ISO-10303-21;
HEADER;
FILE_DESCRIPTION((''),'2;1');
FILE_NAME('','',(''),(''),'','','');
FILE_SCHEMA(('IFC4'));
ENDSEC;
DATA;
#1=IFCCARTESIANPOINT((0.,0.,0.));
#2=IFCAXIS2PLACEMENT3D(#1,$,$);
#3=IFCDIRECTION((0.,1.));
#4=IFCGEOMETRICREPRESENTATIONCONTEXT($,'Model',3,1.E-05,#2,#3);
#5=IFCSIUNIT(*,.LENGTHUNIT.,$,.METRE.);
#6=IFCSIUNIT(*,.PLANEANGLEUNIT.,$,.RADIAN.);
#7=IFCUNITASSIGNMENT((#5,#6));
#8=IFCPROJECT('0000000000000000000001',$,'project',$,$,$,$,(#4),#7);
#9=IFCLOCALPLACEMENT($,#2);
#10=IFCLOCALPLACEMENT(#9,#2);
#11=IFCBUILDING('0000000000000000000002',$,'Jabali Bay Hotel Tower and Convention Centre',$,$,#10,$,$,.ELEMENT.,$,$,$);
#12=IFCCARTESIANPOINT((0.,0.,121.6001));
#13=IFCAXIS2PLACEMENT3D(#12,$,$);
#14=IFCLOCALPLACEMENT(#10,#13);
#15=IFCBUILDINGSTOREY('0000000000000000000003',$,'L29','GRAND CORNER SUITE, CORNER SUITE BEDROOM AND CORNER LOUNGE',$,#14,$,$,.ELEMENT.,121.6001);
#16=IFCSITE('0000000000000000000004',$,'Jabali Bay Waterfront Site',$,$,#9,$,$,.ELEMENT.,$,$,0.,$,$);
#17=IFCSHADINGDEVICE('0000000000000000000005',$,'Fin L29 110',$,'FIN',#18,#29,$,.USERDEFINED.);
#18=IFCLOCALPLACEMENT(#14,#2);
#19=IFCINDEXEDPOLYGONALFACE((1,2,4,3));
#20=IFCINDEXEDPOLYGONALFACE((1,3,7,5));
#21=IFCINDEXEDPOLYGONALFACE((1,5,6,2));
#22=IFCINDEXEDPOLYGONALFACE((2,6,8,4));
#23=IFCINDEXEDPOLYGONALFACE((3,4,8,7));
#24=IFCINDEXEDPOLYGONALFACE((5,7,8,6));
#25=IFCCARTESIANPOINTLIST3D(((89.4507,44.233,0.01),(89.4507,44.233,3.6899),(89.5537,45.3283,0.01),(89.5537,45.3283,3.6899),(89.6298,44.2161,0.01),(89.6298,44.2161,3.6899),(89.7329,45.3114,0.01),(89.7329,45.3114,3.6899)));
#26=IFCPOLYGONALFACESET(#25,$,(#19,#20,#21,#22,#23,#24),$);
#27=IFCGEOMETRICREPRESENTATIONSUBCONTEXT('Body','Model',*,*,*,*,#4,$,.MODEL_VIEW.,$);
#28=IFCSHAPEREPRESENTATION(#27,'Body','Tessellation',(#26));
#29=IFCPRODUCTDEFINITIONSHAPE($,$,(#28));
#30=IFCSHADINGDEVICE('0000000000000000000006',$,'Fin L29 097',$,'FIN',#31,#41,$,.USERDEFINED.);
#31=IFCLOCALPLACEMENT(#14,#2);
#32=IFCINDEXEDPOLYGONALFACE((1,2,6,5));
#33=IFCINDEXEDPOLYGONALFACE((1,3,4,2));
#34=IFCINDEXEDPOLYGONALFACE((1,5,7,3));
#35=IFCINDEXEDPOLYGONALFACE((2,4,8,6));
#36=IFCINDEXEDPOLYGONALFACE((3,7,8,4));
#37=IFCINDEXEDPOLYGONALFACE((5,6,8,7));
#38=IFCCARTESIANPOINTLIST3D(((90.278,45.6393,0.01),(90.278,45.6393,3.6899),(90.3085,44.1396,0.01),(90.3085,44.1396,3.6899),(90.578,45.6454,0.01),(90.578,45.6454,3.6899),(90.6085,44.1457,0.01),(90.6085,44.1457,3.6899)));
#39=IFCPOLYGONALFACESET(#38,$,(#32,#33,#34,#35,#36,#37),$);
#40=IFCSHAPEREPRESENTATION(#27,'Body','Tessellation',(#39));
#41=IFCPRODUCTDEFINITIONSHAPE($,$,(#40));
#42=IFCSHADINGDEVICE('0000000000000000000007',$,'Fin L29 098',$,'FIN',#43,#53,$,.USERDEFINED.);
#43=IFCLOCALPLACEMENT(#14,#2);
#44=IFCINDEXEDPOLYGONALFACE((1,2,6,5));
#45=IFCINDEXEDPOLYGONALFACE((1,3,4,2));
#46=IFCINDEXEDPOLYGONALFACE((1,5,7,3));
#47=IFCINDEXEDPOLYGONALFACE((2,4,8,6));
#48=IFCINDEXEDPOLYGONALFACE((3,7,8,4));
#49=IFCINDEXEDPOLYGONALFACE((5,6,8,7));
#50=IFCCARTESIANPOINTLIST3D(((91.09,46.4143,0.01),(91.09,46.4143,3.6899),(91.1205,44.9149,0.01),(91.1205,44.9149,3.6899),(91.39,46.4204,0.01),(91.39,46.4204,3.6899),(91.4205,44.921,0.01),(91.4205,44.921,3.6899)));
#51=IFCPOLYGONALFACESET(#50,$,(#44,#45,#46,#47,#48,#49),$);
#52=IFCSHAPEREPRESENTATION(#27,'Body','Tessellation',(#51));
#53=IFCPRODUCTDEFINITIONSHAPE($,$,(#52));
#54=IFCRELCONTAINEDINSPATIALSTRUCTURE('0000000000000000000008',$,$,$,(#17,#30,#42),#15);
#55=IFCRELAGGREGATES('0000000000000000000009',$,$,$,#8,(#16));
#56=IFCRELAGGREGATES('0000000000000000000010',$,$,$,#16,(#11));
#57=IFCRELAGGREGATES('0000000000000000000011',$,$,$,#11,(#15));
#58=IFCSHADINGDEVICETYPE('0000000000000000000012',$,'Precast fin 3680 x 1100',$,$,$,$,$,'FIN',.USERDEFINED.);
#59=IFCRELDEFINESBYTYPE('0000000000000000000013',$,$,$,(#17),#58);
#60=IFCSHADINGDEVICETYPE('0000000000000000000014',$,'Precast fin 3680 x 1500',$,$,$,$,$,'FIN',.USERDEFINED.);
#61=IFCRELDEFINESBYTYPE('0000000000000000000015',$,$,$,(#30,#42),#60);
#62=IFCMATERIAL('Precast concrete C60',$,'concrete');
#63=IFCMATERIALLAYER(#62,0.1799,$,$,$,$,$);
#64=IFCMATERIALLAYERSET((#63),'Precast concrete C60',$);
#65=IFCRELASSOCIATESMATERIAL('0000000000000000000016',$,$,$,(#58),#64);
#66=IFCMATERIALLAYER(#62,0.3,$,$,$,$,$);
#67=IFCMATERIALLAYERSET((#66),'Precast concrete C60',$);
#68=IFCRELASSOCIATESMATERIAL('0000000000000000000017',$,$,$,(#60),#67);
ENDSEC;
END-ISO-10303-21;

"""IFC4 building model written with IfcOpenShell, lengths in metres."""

from ifc_helpers import new_model, si_unit, direction, frame, frame_2d, origin, place, context, subcontext, project, spatial, rectangle, extrude, material, layer, layer_set, type_object, element, save


model = new_model("IFC4")

# Units and contexts
model_context = context("Model", 3, precision=1e-05, world=origin(), true_north=direction((0.0, 1.0)))
body_context = subcontext(model_context, "Body", "Model", "MODEL_VIEW")
ifc_project = project(units=[si_unit("LENGTHUNIT", "METRE"), si_unit("PLANEANGLEUNIT", "RADIAN")], contexts=[model_context])

# Site, building, storey
site_placement = place(None, origin())
site = spatial("IfcSite", under=ifc_project, at=site_placement, Name="Jabali Bay Waterfront Site", CompositionType="ELEMENT", RefElevation=0.0)
building_placement = place(site_placement, origin())
building = spatial("IfcBuilding", under=site, at=building_placement, Name="Jabali Bay Hotel Tower and Convention Centre", CompositionType="ELEMENT")
storey_placement = place(building_placement, frame((0.0, 0.0, 121.6001)))
storey = spatial("IfcBuildingStorey", under=building, at=storey_placement, Name="L29", Description="GRAND CORNER SUITE, CORNER SUITE BEDROOM AND CORNER LOUNGE", CompositionType="ELEMENT", Elevation=121.6001)

# Shading devices
ifc_material_1 = material(Name="Precast concrete C60", Category="concrete")
ifc_layer_1 = layer(ifc_material_1, 0.1799)
ifc_layer_set_1 = layer_set([ifc_layer_1], Name="Precast concrete C60")
shading_device_type_1 = type_object("IfcShadingDeviceType", Name="Precast fin 3680 x 1100", ElementType="FIN", PredefinedType="USERDEFINED", material=ifc_layer_set_1)
for number, where, z_axis, x_axis, name in (
    (1, (89.6433, 45.3198, 0.01), (0.0, 0.0, 1.0), (-0.093657, -0.995605, 0.0), "Fin L29 110"),
):
    element("IfcShadingDevice", number, at=place(storey_placement, frame(where, z_axis=z_axis, x_axis=x_axis)), inside=storey, type_object=shading_device_type_1, Name=name, ObjectType="FIN", PredefinedType="USERDEFINED", context=body_context, shape_type="SweptSolid", body=[
        extrude(rectangle(XDim=1.1001, YDim=0.1799, at=frame_2d((0.55, 0.0))), origin(), (0.0, 0.0, 1.0), 3.6799),
    ])
ifc_layer_2 = layer(ifc_material_1, 0.3)
ifc_layer_set_2 = layer_set([ifc_layer_2], Name="Precast concrete C60")
shading_device_type_2 = type_object("IfcShadingDeviceType", Name="Precast fin 3680 x 1500", ElementType="FIN", PredefinedType="USERDEFINED", material=ifc_layer_set_2)
shading_device_1_placement = place(storey_placement, frame((90.428, 45.6423, 0.01), z_axis=(0.0, 0.0, 1.0), x_axis=(0.020344, -0.999793, 0.0)))
element("IfcShadingDevice", 2, at=shading_device_1_placement, inside=storey, type_object=shading_device_type_2, Name="Fin L29 097", ObjectType="FIN", PredefinedType="USERDEFINED", context=body_context, shape_type="SweptSolid", body=[
    extrude(rectangle(XDim=1.5, YDim=0.3, at=frame_2d((0.75, 0.0))), origin(), (0.0, 0.0, 1.0), 3.6799),
])
shading_device_2_placement = place(storey_placement, frame((91.24, 46.4175, 0.01), z_axis=(0.0, 0.0, 1.0), x_axis=(0.020347, -0.999793, 0.0)))
element("IfcShadingDevice", 3, at=shading_device_2_placement, inside=storey, type_object=shading_device_type_2, Name="Fin L29 098", ObjectType="FIN", PredefinedType="USERDEFINED", context=body_context, shape_type="SweptSolid", body=[
    extrude(rectangle(XDim=1.4998, YDim=0.3, at=frame_2d((0.75, 0.0))), origin(), (0.0, 0.0, 1.0), 3.6799),
])

save(model, "model.ifc")
